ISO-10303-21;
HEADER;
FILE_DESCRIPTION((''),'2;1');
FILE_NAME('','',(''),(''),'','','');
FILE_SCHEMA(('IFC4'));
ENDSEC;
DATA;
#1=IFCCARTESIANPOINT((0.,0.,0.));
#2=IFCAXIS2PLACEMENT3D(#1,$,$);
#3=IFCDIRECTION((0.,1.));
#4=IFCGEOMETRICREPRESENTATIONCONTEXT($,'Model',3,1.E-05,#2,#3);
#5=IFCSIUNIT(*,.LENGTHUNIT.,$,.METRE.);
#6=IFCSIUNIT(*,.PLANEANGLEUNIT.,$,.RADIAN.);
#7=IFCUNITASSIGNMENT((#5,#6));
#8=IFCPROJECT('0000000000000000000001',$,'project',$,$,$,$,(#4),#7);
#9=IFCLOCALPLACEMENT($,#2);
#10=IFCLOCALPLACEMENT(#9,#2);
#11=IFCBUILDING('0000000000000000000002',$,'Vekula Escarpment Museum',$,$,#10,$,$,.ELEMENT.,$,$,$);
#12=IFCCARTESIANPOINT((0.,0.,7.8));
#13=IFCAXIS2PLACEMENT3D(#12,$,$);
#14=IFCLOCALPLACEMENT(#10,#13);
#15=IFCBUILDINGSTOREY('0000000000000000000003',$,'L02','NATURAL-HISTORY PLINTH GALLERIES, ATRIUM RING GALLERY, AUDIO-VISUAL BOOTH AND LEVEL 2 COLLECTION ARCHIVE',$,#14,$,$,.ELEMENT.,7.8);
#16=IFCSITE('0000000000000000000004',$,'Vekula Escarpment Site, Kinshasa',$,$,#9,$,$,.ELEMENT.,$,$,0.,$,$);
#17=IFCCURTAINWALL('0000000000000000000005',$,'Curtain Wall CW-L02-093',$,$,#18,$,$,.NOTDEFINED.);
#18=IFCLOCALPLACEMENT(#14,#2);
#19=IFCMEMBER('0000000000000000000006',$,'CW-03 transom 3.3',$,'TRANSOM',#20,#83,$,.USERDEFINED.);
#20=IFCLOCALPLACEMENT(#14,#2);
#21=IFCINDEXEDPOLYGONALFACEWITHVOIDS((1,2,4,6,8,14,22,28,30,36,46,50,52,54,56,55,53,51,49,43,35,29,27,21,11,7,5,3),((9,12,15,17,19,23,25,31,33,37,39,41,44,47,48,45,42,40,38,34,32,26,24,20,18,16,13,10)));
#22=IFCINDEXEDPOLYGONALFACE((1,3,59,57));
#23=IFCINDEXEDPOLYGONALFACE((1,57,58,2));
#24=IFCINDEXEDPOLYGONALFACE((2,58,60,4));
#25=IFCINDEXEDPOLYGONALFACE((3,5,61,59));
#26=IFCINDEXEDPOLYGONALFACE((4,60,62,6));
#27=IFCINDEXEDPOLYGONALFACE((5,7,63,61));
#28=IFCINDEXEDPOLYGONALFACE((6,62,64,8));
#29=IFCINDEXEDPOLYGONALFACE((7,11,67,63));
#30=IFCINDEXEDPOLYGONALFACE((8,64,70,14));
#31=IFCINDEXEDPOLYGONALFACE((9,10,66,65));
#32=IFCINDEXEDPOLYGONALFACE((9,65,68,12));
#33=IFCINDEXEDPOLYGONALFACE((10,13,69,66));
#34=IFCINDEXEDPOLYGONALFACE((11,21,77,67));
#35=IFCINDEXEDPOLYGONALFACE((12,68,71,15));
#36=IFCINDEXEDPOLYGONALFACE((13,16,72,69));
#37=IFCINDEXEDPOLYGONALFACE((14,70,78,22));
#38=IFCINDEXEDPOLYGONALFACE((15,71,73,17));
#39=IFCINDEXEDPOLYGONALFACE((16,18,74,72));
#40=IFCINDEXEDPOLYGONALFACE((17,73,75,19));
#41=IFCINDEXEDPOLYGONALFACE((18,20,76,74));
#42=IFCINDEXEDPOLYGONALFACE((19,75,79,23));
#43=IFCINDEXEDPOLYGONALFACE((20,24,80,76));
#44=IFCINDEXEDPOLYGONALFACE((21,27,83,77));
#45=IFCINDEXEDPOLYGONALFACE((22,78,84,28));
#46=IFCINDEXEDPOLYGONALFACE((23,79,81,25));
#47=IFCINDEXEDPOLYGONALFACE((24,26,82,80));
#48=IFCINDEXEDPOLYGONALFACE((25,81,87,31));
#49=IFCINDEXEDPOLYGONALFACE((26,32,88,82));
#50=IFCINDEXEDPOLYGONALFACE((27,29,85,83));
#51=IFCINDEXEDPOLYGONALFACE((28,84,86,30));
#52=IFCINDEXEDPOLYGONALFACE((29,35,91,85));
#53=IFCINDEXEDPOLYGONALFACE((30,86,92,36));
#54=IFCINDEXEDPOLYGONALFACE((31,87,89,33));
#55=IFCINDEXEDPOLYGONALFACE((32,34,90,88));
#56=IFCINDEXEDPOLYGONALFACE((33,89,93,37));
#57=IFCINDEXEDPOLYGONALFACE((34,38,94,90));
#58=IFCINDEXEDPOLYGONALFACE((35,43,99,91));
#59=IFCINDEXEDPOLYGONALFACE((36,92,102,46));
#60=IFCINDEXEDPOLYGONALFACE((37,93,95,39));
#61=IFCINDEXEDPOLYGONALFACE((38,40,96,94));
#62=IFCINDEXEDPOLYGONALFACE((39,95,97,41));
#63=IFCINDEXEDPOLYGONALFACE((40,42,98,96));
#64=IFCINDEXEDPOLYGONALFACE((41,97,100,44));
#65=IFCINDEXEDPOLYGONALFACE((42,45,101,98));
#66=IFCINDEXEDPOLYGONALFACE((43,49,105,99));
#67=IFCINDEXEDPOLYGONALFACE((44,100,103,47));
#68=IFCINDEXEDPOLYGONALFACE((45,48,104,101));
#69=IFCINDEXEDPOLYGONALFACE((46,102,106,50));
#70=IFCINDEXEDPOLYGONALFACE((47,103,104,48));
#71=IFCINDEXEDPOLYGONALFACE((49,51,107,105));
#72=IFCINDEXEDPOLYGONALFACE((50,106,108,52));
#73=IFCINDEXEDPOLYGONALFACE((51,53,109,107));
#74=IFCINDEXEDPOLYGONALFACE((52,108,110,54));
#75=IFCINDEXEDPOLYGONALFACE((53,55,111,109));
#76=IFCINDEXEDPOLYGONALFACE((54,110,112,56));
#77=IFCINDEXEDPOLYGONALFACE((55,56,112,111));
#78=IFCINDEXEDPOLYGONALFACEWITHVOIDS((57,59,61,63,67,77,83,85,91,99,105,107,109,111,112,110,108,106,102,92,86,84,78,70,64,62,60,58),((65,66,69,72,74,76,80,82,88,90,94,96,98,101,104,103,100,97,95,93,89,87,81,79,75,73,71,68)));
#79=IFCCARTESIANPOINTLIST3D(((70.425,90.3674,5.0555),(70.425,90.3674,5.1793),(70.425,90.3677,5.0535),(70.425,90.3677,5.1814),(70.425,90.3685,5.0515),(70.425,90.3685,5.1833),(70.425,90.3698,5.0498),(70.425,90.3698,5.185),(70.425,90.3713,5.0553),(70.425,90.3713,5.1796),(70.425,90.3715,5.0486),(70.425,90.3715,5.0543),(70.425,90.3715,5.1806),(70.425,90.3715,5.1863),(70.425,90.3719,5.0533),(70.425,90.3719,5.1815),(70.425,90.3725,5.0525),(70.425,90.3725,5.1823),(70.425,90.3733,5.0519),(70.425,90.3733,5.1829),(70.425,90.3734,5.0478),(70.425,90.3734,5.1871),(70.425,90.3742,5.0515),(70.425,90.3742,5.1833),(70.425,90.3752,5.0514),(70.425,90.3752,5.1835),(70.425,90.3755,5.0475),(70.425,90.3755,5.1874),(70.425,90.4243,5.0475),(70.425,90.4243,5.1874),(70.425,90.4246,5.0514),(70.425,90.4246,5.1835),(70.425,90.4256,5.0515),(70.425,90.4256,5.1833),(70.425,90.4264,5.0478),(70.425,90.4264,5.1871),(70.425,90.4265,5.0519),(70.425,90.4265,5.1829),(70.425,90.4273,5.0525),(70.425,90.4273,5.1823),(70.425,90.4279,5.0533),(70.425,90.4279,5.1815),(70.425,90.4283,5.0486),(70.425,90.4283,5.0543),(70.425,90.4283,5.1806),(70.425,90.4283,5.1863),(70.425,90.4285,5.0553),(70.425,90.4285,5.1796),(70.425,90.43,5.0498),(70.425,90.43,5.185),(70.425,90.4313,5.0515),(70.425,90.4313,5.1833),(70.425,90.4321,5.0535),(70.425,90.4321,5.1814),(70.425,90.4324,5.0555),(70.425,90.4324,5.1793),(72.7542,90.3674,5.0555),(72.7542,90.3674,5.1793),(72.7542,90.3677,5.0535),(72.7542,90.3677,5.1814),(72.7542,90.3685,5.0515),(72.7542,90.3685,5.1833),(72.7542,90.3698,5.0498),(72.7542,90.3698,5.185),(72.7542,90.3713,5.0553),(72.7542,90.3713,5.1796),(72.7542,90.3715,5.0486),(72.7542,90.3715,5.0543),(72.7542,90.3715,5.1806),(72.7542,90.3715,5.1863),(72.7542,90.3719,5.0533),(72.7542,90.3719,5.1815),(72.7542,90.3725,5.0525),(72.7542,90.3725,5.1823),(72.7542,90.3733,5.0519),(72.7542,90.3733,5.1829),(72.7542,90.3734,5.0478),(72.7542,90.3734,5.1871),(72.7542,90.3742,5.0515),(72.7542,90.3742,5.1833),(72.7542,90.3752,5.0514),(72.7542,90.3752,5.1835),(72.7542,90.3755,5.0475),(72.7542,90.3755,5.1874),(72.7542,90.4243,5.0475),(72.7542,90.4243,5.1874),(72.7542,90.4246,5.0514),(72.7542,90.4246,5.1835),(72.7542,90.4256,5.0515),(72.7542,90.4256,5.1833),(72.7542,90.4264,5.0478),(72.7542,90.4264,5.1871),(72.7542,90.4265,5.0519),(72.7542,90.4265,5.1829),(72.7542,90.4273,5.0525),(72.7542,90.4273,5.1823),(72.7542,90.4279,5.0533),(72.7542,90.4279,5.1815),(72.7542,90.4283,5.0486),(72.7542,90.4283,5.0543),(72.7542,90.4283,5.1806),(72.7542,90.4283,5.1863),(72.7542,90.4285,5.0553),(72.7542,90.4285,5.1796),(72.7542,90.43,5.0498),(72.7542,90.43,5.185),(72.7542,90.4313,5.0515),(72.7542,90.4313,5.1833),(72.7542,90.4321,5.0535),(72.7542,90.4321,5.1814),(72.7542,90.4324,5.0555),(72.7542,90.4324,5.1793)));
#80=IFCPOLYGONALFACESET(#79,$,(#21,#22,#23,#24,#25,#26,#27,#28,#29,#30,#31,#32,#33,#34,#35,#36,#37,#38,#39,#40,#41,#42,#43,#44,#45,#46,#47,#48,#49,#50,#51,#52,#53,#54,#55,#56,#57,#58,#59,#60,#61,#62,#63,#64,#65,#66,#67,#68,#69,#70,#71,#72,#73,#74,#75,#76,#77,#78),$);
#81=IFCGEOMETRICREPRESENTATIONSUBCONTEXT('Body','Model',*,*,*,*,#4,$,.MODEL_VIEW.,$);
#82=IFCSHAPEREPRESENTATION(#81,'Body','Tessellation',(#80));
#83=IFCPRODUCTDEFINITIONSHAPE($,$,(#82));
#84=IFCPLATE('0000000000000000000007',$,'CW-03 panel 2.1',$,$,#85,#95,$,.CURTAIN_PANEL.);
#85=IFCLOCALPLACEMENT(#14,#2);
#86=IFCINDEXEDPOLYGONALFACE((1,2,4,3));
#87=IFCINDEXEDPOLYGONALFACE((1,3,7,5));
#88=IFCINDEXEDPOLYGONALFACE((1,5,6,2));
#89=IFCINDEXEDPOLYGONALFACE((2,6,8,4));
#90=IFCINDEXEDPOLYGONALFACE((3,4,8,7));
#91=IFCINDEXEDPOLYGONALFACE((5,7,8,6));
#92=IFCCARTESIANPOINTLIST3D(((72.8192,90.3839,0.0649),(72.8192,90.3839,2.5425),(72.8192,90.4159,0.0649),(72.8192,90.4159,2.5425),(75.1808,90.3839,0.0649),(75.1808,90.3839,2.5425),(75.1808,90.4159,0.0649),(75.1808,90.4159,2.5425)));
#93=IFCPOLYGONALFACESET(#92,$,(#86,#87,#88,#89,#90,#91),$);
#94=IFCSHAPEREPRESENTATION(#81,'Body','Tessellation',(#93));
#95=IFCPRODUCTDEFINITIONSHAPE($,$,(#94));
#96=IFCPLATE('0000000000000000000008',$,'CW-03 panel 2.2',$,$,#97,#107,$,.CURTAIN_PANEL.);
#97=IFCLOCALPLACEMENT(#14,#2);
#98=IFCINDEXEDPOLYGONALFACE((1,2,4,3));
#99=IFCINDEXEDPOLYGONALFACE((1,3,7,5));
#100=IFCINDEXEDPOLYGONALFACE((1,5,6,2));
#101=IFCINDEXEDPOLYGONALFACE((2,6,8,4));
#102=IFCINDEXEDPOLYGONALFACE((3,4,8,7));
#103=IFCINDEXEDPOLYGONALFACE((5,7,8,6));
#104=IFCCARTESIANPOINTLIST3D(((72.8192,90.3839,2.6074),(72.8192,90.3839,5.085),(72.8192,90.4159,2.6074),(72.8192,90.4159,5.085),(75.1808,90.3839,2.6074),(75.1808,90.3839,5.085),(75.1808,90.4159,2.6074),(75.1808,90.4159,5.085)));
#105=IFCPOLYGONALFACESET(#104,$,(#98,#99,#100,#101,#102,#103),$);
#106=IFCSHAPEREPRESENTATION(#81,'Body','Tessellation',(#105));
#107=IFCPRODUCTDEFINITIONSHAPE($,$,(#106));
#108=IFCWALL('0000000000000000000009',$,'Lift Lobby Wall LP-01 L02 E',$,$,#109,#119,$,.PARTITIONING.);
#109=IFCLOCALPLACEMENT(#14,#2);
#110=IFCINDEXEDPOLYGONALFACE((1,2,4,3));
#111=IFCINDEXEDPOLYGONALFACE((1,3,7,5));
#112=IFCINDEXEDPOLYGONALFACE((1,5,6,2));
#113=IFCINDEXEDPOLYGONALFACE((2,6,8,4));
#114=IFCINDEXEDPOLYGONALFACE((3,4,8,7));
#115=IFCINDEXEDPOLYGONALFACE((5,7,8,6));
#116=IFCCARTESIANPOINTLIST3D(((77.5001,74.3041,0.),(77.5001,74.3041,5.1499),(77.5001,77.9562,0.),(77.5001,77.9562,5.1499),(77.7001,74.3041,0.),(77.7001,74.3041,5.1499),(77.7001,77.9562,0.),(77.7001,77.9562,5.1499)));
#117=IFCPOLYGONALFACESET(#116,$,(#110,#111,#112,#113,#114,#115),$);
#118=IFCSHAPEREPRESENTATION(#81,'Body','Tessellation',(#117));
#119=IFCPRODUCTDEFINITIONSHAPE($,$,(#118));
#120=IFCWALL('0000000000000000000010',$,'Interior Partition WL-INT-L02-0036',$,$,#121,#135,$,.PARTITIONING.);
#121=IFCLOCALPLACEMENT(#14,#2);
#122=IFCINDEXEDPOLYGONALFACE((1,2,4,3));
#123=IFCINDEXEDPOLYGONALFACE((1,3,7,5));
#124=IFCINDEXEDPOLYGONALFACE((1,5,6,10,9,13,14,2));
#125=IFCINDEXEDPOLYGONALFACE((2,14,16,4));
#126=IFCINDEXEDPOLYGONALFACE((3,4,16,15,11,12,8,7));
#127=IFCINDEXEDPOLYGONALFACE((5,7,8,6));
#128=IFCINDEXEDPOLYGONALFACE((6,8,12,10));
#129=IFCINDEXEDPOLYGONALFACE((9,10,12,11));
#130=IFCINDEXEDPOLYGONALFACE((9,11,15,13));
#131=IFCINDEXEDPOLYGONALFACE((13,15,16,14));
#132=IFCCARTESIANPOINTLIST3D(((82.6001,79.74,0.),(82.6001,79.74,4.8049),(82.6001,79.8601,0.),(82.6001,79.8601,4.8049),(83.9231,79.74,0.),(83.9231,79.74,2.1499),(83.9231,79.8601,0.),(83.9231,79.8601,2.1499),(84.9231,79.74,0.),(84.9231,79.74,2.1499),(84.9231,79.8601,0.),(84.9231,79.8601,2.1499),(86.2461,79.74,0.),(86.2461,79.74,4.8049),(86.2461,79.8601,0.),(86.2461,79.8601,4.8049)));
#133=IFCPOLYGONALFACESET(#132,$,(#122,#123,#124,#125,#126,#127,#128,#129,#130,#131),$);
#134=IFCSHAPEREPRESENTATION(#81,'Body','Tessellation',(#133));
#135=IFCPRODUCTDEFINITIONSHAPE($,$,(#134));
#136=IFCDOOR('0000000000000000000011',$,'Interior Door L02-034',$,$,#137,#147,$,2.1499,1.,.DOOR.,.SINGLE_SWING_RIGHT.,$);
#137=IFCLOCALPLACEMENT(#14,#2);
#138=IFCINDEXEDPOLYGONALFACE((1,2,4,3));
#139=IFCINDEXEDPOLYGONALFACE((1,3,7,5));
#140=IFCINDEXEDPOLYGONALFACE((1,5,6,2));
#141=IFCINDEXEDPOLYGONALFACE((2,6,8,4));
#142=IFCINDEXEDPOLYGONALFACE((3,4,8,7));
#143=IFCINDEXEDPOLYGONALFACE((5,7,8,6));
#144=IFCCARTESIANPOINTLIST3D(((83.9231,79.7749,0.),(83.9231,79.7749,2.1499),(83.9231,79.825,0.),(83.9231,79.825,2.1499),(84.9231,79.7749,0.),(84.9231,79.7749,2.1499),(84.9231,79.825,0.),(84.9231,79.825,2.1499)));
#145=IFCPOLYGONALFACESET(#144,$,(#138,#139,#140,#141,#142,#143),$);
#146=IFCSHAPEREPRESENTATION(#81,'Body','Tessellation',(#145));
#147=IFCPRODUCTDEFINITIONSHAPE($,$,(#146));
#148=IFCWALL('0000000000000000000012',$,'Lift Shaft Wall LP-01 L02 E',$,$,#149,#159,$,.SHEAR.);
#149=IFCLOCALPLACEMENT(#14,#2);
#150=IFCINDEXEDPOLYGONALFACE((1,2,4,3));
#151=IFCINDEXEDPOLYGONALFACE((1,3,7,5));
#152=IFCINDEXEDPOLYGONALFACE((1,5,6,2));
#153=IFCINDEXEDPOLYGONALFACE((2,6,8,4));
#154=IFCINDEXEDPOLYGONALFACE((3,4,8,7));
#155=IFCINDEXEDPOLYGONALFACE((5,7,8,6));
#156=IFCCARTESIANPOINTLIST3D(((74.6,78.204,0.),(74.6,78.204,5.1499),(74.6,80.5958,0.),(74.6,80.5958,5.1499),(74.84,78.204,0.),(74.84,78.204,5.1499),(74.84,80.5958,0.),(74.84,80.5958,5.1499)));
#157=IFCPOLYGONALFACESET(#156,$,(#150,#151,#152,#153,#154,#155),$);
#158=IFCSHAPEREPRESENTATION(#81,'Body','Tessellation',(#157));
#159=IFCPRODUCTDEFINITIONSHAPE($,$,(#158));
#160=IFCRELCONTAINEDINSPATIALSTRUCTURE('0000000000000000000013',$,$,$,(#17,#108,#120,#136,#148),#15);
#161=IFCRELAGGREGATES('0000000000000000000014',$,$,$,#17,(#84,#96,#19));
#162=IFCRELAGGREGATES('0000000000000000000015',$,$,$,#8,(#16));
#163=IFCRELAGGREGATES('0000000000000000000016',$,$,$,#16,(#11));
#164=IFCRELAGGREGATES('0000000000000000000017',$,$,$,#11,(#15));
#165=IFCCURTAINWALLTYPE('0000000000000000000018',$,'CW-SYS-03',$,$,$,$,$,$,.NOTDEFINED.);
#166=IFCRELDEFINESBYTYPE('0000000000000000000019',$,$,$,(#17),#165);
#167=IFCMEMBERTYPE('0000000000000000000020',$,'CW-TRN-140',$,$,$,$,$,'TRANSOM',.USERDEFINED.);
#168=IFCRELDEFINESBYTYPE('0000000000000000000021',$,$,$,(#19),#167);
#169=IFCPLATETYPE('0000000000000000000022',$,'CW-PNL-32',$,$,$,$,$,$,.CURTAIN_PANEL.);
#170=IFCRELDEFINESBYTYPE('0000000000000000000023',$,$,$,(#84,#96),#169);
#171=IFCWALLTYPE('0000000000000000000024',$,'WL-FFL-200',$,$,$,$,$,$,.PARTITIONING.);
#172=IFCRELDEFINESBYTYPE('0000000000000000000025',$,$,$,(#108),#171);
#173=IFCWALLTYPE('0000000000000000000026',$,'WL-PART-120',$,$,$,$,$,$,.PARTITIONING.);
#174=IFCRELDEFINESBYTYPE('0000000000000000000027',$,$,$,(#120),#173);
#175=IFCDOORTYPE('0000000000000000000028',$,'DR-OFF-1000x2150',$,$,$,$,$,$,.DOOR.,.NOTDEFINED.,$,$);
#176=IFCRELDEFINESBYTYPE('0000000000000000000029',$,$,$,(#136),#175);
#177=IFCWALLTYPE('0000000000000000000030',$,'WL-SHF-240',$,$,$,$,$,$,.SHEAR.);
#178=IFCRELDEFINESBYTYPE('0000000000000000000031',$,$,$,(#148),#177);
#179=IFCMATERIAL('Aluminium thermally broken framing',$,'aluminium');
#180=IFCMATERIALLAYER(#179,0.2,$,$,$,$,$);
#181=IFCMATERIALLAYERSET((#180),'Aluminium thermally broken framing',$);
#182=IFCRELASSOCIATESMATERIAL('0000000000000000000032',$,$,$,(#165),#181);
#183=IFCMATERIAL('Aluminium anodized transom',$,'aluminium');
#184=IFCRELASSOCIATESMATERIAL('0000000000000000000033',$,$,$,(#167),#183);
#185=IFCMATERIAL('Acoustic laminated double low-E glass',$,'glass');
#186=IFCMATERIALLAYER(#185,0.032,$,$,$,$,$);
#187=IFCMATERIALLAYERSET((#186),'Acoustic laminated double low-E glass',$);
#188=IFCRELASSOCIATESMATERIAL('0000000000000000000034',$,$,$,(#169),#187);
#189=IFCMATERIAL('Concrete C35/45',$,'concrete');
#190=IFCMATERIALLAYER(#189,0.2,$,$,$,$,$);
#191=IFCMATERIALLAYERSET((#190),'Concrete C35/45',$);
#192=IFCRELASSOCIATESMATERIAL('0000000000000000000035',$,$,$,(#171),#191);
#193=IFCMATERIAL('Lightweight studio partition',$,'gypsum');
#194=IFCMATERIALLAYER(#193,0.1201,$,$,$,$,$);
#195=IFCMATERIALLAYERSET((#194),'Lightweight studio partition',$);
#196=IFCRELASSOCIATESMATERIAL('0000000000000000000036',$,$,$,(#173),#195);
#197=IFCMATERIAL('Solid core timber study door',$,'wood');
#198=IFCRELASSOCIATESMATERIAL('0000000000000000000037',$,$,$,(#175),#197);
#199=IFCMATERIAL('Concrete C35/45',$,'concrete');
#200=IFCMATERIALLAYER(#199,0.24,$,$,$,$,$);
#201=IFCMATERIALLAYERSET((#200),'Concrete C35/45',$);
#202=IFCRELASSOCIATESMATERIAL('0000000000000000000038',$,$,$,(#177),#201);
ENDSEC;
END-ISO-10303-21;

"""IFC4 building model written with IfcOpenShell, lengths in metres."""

from ifc_helpers import new_model, si_unit, direction, frame, frame_2d, origin, origin_2d, place, context, subcontext, project, spatial, rectangle, hollow_rectangle, extrude, material, layer, layer_set, material_profile, profile_set, type_object, element, fill, aggregate, save


model = new_model("IFC4")

# Units and contexts
model_context = context("Model", 3, precision=1e-05, world=origin(), true_north=direction((0.0, 1.0)))
body_context = subcontext(model_context, "Body", "Model", "MODEL_VIEW")
ifc_project = project(units=[si_unit("LENGTHUNIT", "METRE"), si_unit("PLANEANGLEUNIT", "RADIAN")], contexts=[model_context])

# Site, building, storey
site_placement = place(None, origin())
site = spatial("IfcSite", under=ifc_project, at=site_placement, Name="Vekula Escarpment Site, Kinshasa", CompositionType="ELEMENT", RefElevation=0.0)
building_placement = place(site_placement, origin())
building = spatial("IfcBuilding", under=site, at=building_placement, Name="Vekula Escarpment Museum", CompositionType="ELEMENT")
storey_placement = place(building_placement, frame((0.0, 0.0, 7.8)))
storey = spatial("IfcBuildingStorey", under=building, at=storey_placement, Name="L02", Description="NATURAL-HISTORY PLINTH GALLERIES, ATRIUM RING GALLERY, AUDIO-VISUAL BOOTH AND LEVEL 2 COLLECTION ARCHIVE", CompositionType="ELEMENT", Elevation=7.8)

# Curtain wall, member, plates
ifc_material_1 = material(Name="Aluminium thermally broken framing", Category="aluminium")
ifc_layer_1 = layer(ifc_material_1, 0.2)
ifc_layer_set_1 = layer_set([ifc_layer_1], Name="Aluminium thermally broken framing")
curtain_wall_type = type_object("IfcCurtainWallType", Name="CW-SYS-03", PredefinedType="NOTDEFINED", material=ifc_layer_set_1)
curtain_wall_placement = place(storey_placement, origin())
curtain_wall = element("IfcCurtainWall", 1, at=curtain_wall_placement, inside=storey, type_object=curtain_wall_type, Name="Curtain Wall CW-L02-093", PredefinedType="NOTDEFINED")
ifc_material_2 = material(Name="Aluminium anodized transom", Category="aluminium")
ifc_material_profile_1 = material_profile(ifc_material_2, hollow_rectangle(XDim=0.0649, YDim=0.1399, WallThickness=0.0039, InnerFilletRadius=0.0039, OuterFilletRadius=0.0081, at=origin_2d()), Name="ALU 140x65x4")
ifc_profile_set_1 = profile_set([ifc_material_profile_1], Name="Aluminium anodized transom")
member_type_1 = type_object("IfcMemberType", Name="CW-TRN-140", ElementType="TRANSOM", PredefinedType="USERDEFINED", material=ifc_profile_set_1)
member_1_placement = place(storey_placement, frame((72.7542, 90.3999, 5.1174), z_axis=(-1.0, 0.0, 0.0), x_axis=(0.0, -1.0, 0.0)))
member_1 = element("IfcMember", 2, at=member_1_placement, type_object=member_type_1, Name="CW-03 transom 3.3", ObjectType="TRANSOM", PredefinedType="USERDEFINED", context=body_context, shape_type="SweptSolid", body=[
    extrude(hollow_rectangle(XDim=0.0649, YDim=0.1399, WallThickness=0.0039, InnerFilletRadius=0.0039, OuterFilletRadius=0.0081, at=origin_2d()), origin(), (0.0, 0.0, 1.0), 2.3291),
])
ifc_material_3 = material(Name="Acoustic laminated double low-E glass", Category="glass")
ifc_layer_2 = layer(ifc_material_3, 0.032)
ifc_layer_set_2 = layer_set([ifc_layer_2], Name="Acoustic laminated double low-E glass")
plate_type = type_object("IfcPlateType", Name="CW-PNL-32", PredefinedType="CURTAIN_PANEL", material=ifc_layer_set_2)
plate_1_placement = place(storey_placement, frame((74.0, 90.3999, 0.0649), z_axis=(0.0, 0.0, 1.0), x_axis=(-1.0, 0.0, 0.0)))
plate_1 = element("IfcPlate", 3, at=plate_1_placement, type_object=plate_type, Name="CW-03 panel 2.1", PredefinedType="CURTAIN_PANEL", context=body_context, shape_type="SweptSolid", body=[
    extrude(rectangle(XDim=2.3616, YDim=0.032, at=origin_2d()), origin(), (0.0, 0.0, 1.0), 2.4775),
])
plate_2_placement = place(storey_placement, frame((74.0, 90.3999, 2.6074), z_axis=(0.0, 0.0, 1.0), x_axis=(-1.0, 0.0, 0.0)))
plate_2 = element("IfcPlate", 4, at=plate_2_placement, type_object=plate_type, Name="CW-03 panel 2.2", PredefinedType="CURTAIN_PANEL", context=body_context, shape_type="SweptSolid", body=[
    extrude(rectangle(XDim=2.3616, YDim=0.032, at=origin_2d()), origin(), (0.0, 0.0, 1.0), 2.4775),
])
aggregate(curtain_wall, [plate_1, plate_2, member_1])

# Wall
ifc_material_4 = material(Name="Concrete C35/45", Category="concrete")
ifc_layer_3 = layer(ifc_material_4, 0.2)
ifc_layer_set_3 = layer_set([ifc_layer_3], Name="Concrete C35/45")
wall_type_1 = type_object("IfcWallType", Name="WL-FFL-200", PredefinedType="PARTITIONING", material=ifc_layer_set_3)
wall_1_placement = place(storey_placement, frame((77.6001, 74.304, 0.0), z_axis=(0.0, 0.0, 1.0), x_axis=(0.0, 1.0, 0.0)))
element("IfcWall", 5, at=wall_1_placement, inside=storey, type_object=wall_type_1, Name="Lift Lobby Wall LP-01 L02 E", PredefinedType="PARTITIONING", context=body_context, shape_type="SweptSolid", body=[
    extrude(rectangle(XDim=3.6521, YDim=0.2, at=frame_2d((1.8262, 0.0))), origin(), (0.0, 0.0, 1.0), 5.1499),
])

# Wall, opening, door
ifc_material_5 = material(Name="Lightweight studio partition", Category="gypsum")
ifc_layer_4 = layer(ifc_material_5, 0.1201)
ifc_layer_set_4 = layer_set([ifc_layer_4], Name="Lightweight studio partition")
wall_type_2 = type_object("IfcWallType", Name="WL-PART-120", PredefinedType="PARTITIONING", material=ifc_layer_set_4)
wall_2_placement = place(storey_placement, frame((82.6001, 79.8, 0.0), z_axis=(0.0, 0.0, 1.0), x_axis=(1.0, 0.0, 0.0)))
wall_2 = element("IfcWall", 6, at=wall_2_placement, inside=storey, type_object=wall_type_2, Name="Interior Partition WL-INT-L02-0036", PredefinedType="PARTITIONING", context=body_context, shape_type="SweptSolid", body=[
    extrude(rectangle(XDim=3.646, YDim=0.1201, at=frame_2d((1.823, 0.0))), origin(), (0.0, 0.0, 1.0), 4.8049),
])
opening_1_placement = place(wall_2_placement, frame((1.323, 0.0, 0.0)))
opening_1 = element("IfcOpeningElement", 7, at=opening_1_placement, cuts=wall_2, PredefinedType="OPENING", context=body_context, shape_type="SweptSolid", body=[
    extrude(rectangle(XDim=1.0, YDim=2.1499, at=frame_2d((0.5, 1.075))), frame((0.0, 0.0701, 0.0), z_axis=(0.0, -1.0, 0.0), x_axis=(1.0, 0.0, 0.0)), (0.0, 0.0, 1.0), 0.1401),
])
ifc_material_6 = material(Name="Solid core timber study door", Category="wood")
door_type_1 = type_object("IfcDoorType", Name="DR-OFF-1000x2150", OperationType="NOTDEFINED", PredefinedType="DOOR", material=ifc_material_6)
door_1_placement = place(opening_1_placement, origin())
door_1 = element("IfcDoor", 8, at=door_1_placement, inside=storey, type_object=door_type_1, Name="Interior Door L02-034", OperationType="SINGLE_SWING_RIGHT", OverallHeight=2.1499, OverallWidth=1.0, PredefinedType="DOOR", context=body_context, shape_type="SweptSolid", body=[
    extrude(rectangle(XDim=1.0, YDim=2.1499, at=frame_2d((0.5, 1.075))), frame((0.0, 0.0249, 0.0), z_axis=(0.0, -1.0, 0.0), x_axis=(1.0, 0.0, 0.0)), (0.0, 0.0, 1.0), 0.05),
])
fill(opening_1, door_1)

# Wall
ifc_material_7 = material(Name="Concrete C35/45", Category="concrete")
ifc_layer_5 = layer(ifc_material_7, 0.24)
ifc_layer_set_5 = layer_set([ifc_layer_5], Name="Concrete C35/45")
wall_type_3 = type_object("IfcWallType", Name="WL-SHF-240", PredefinedType="SHEAR", material=ifc_layer_set_5)
wall_3_placement = place(storey_placement, frame((74.72, 78.2041, 0.0), z_axis=(0.0, 0.0, 1.0), x_axis=(0.0, 1.0, 0.0)))
element("IfcWall", 9, at=wall_3_placement, inside=storey, type_object=wall_type_3, Name="Lift Shaft Wall LP-01 L02 E", PredefinedType="SHEAR", context=body_context, shape_type="SweptSolid", body=[
    extrude(rectangle(XDim=2.3918, YDim=0.24, at=frame_2d((1.1958, 0.0))), origin(), (0.0, 0.0, 1.0), 5.1499),
])

save(model, "model.ifc")
